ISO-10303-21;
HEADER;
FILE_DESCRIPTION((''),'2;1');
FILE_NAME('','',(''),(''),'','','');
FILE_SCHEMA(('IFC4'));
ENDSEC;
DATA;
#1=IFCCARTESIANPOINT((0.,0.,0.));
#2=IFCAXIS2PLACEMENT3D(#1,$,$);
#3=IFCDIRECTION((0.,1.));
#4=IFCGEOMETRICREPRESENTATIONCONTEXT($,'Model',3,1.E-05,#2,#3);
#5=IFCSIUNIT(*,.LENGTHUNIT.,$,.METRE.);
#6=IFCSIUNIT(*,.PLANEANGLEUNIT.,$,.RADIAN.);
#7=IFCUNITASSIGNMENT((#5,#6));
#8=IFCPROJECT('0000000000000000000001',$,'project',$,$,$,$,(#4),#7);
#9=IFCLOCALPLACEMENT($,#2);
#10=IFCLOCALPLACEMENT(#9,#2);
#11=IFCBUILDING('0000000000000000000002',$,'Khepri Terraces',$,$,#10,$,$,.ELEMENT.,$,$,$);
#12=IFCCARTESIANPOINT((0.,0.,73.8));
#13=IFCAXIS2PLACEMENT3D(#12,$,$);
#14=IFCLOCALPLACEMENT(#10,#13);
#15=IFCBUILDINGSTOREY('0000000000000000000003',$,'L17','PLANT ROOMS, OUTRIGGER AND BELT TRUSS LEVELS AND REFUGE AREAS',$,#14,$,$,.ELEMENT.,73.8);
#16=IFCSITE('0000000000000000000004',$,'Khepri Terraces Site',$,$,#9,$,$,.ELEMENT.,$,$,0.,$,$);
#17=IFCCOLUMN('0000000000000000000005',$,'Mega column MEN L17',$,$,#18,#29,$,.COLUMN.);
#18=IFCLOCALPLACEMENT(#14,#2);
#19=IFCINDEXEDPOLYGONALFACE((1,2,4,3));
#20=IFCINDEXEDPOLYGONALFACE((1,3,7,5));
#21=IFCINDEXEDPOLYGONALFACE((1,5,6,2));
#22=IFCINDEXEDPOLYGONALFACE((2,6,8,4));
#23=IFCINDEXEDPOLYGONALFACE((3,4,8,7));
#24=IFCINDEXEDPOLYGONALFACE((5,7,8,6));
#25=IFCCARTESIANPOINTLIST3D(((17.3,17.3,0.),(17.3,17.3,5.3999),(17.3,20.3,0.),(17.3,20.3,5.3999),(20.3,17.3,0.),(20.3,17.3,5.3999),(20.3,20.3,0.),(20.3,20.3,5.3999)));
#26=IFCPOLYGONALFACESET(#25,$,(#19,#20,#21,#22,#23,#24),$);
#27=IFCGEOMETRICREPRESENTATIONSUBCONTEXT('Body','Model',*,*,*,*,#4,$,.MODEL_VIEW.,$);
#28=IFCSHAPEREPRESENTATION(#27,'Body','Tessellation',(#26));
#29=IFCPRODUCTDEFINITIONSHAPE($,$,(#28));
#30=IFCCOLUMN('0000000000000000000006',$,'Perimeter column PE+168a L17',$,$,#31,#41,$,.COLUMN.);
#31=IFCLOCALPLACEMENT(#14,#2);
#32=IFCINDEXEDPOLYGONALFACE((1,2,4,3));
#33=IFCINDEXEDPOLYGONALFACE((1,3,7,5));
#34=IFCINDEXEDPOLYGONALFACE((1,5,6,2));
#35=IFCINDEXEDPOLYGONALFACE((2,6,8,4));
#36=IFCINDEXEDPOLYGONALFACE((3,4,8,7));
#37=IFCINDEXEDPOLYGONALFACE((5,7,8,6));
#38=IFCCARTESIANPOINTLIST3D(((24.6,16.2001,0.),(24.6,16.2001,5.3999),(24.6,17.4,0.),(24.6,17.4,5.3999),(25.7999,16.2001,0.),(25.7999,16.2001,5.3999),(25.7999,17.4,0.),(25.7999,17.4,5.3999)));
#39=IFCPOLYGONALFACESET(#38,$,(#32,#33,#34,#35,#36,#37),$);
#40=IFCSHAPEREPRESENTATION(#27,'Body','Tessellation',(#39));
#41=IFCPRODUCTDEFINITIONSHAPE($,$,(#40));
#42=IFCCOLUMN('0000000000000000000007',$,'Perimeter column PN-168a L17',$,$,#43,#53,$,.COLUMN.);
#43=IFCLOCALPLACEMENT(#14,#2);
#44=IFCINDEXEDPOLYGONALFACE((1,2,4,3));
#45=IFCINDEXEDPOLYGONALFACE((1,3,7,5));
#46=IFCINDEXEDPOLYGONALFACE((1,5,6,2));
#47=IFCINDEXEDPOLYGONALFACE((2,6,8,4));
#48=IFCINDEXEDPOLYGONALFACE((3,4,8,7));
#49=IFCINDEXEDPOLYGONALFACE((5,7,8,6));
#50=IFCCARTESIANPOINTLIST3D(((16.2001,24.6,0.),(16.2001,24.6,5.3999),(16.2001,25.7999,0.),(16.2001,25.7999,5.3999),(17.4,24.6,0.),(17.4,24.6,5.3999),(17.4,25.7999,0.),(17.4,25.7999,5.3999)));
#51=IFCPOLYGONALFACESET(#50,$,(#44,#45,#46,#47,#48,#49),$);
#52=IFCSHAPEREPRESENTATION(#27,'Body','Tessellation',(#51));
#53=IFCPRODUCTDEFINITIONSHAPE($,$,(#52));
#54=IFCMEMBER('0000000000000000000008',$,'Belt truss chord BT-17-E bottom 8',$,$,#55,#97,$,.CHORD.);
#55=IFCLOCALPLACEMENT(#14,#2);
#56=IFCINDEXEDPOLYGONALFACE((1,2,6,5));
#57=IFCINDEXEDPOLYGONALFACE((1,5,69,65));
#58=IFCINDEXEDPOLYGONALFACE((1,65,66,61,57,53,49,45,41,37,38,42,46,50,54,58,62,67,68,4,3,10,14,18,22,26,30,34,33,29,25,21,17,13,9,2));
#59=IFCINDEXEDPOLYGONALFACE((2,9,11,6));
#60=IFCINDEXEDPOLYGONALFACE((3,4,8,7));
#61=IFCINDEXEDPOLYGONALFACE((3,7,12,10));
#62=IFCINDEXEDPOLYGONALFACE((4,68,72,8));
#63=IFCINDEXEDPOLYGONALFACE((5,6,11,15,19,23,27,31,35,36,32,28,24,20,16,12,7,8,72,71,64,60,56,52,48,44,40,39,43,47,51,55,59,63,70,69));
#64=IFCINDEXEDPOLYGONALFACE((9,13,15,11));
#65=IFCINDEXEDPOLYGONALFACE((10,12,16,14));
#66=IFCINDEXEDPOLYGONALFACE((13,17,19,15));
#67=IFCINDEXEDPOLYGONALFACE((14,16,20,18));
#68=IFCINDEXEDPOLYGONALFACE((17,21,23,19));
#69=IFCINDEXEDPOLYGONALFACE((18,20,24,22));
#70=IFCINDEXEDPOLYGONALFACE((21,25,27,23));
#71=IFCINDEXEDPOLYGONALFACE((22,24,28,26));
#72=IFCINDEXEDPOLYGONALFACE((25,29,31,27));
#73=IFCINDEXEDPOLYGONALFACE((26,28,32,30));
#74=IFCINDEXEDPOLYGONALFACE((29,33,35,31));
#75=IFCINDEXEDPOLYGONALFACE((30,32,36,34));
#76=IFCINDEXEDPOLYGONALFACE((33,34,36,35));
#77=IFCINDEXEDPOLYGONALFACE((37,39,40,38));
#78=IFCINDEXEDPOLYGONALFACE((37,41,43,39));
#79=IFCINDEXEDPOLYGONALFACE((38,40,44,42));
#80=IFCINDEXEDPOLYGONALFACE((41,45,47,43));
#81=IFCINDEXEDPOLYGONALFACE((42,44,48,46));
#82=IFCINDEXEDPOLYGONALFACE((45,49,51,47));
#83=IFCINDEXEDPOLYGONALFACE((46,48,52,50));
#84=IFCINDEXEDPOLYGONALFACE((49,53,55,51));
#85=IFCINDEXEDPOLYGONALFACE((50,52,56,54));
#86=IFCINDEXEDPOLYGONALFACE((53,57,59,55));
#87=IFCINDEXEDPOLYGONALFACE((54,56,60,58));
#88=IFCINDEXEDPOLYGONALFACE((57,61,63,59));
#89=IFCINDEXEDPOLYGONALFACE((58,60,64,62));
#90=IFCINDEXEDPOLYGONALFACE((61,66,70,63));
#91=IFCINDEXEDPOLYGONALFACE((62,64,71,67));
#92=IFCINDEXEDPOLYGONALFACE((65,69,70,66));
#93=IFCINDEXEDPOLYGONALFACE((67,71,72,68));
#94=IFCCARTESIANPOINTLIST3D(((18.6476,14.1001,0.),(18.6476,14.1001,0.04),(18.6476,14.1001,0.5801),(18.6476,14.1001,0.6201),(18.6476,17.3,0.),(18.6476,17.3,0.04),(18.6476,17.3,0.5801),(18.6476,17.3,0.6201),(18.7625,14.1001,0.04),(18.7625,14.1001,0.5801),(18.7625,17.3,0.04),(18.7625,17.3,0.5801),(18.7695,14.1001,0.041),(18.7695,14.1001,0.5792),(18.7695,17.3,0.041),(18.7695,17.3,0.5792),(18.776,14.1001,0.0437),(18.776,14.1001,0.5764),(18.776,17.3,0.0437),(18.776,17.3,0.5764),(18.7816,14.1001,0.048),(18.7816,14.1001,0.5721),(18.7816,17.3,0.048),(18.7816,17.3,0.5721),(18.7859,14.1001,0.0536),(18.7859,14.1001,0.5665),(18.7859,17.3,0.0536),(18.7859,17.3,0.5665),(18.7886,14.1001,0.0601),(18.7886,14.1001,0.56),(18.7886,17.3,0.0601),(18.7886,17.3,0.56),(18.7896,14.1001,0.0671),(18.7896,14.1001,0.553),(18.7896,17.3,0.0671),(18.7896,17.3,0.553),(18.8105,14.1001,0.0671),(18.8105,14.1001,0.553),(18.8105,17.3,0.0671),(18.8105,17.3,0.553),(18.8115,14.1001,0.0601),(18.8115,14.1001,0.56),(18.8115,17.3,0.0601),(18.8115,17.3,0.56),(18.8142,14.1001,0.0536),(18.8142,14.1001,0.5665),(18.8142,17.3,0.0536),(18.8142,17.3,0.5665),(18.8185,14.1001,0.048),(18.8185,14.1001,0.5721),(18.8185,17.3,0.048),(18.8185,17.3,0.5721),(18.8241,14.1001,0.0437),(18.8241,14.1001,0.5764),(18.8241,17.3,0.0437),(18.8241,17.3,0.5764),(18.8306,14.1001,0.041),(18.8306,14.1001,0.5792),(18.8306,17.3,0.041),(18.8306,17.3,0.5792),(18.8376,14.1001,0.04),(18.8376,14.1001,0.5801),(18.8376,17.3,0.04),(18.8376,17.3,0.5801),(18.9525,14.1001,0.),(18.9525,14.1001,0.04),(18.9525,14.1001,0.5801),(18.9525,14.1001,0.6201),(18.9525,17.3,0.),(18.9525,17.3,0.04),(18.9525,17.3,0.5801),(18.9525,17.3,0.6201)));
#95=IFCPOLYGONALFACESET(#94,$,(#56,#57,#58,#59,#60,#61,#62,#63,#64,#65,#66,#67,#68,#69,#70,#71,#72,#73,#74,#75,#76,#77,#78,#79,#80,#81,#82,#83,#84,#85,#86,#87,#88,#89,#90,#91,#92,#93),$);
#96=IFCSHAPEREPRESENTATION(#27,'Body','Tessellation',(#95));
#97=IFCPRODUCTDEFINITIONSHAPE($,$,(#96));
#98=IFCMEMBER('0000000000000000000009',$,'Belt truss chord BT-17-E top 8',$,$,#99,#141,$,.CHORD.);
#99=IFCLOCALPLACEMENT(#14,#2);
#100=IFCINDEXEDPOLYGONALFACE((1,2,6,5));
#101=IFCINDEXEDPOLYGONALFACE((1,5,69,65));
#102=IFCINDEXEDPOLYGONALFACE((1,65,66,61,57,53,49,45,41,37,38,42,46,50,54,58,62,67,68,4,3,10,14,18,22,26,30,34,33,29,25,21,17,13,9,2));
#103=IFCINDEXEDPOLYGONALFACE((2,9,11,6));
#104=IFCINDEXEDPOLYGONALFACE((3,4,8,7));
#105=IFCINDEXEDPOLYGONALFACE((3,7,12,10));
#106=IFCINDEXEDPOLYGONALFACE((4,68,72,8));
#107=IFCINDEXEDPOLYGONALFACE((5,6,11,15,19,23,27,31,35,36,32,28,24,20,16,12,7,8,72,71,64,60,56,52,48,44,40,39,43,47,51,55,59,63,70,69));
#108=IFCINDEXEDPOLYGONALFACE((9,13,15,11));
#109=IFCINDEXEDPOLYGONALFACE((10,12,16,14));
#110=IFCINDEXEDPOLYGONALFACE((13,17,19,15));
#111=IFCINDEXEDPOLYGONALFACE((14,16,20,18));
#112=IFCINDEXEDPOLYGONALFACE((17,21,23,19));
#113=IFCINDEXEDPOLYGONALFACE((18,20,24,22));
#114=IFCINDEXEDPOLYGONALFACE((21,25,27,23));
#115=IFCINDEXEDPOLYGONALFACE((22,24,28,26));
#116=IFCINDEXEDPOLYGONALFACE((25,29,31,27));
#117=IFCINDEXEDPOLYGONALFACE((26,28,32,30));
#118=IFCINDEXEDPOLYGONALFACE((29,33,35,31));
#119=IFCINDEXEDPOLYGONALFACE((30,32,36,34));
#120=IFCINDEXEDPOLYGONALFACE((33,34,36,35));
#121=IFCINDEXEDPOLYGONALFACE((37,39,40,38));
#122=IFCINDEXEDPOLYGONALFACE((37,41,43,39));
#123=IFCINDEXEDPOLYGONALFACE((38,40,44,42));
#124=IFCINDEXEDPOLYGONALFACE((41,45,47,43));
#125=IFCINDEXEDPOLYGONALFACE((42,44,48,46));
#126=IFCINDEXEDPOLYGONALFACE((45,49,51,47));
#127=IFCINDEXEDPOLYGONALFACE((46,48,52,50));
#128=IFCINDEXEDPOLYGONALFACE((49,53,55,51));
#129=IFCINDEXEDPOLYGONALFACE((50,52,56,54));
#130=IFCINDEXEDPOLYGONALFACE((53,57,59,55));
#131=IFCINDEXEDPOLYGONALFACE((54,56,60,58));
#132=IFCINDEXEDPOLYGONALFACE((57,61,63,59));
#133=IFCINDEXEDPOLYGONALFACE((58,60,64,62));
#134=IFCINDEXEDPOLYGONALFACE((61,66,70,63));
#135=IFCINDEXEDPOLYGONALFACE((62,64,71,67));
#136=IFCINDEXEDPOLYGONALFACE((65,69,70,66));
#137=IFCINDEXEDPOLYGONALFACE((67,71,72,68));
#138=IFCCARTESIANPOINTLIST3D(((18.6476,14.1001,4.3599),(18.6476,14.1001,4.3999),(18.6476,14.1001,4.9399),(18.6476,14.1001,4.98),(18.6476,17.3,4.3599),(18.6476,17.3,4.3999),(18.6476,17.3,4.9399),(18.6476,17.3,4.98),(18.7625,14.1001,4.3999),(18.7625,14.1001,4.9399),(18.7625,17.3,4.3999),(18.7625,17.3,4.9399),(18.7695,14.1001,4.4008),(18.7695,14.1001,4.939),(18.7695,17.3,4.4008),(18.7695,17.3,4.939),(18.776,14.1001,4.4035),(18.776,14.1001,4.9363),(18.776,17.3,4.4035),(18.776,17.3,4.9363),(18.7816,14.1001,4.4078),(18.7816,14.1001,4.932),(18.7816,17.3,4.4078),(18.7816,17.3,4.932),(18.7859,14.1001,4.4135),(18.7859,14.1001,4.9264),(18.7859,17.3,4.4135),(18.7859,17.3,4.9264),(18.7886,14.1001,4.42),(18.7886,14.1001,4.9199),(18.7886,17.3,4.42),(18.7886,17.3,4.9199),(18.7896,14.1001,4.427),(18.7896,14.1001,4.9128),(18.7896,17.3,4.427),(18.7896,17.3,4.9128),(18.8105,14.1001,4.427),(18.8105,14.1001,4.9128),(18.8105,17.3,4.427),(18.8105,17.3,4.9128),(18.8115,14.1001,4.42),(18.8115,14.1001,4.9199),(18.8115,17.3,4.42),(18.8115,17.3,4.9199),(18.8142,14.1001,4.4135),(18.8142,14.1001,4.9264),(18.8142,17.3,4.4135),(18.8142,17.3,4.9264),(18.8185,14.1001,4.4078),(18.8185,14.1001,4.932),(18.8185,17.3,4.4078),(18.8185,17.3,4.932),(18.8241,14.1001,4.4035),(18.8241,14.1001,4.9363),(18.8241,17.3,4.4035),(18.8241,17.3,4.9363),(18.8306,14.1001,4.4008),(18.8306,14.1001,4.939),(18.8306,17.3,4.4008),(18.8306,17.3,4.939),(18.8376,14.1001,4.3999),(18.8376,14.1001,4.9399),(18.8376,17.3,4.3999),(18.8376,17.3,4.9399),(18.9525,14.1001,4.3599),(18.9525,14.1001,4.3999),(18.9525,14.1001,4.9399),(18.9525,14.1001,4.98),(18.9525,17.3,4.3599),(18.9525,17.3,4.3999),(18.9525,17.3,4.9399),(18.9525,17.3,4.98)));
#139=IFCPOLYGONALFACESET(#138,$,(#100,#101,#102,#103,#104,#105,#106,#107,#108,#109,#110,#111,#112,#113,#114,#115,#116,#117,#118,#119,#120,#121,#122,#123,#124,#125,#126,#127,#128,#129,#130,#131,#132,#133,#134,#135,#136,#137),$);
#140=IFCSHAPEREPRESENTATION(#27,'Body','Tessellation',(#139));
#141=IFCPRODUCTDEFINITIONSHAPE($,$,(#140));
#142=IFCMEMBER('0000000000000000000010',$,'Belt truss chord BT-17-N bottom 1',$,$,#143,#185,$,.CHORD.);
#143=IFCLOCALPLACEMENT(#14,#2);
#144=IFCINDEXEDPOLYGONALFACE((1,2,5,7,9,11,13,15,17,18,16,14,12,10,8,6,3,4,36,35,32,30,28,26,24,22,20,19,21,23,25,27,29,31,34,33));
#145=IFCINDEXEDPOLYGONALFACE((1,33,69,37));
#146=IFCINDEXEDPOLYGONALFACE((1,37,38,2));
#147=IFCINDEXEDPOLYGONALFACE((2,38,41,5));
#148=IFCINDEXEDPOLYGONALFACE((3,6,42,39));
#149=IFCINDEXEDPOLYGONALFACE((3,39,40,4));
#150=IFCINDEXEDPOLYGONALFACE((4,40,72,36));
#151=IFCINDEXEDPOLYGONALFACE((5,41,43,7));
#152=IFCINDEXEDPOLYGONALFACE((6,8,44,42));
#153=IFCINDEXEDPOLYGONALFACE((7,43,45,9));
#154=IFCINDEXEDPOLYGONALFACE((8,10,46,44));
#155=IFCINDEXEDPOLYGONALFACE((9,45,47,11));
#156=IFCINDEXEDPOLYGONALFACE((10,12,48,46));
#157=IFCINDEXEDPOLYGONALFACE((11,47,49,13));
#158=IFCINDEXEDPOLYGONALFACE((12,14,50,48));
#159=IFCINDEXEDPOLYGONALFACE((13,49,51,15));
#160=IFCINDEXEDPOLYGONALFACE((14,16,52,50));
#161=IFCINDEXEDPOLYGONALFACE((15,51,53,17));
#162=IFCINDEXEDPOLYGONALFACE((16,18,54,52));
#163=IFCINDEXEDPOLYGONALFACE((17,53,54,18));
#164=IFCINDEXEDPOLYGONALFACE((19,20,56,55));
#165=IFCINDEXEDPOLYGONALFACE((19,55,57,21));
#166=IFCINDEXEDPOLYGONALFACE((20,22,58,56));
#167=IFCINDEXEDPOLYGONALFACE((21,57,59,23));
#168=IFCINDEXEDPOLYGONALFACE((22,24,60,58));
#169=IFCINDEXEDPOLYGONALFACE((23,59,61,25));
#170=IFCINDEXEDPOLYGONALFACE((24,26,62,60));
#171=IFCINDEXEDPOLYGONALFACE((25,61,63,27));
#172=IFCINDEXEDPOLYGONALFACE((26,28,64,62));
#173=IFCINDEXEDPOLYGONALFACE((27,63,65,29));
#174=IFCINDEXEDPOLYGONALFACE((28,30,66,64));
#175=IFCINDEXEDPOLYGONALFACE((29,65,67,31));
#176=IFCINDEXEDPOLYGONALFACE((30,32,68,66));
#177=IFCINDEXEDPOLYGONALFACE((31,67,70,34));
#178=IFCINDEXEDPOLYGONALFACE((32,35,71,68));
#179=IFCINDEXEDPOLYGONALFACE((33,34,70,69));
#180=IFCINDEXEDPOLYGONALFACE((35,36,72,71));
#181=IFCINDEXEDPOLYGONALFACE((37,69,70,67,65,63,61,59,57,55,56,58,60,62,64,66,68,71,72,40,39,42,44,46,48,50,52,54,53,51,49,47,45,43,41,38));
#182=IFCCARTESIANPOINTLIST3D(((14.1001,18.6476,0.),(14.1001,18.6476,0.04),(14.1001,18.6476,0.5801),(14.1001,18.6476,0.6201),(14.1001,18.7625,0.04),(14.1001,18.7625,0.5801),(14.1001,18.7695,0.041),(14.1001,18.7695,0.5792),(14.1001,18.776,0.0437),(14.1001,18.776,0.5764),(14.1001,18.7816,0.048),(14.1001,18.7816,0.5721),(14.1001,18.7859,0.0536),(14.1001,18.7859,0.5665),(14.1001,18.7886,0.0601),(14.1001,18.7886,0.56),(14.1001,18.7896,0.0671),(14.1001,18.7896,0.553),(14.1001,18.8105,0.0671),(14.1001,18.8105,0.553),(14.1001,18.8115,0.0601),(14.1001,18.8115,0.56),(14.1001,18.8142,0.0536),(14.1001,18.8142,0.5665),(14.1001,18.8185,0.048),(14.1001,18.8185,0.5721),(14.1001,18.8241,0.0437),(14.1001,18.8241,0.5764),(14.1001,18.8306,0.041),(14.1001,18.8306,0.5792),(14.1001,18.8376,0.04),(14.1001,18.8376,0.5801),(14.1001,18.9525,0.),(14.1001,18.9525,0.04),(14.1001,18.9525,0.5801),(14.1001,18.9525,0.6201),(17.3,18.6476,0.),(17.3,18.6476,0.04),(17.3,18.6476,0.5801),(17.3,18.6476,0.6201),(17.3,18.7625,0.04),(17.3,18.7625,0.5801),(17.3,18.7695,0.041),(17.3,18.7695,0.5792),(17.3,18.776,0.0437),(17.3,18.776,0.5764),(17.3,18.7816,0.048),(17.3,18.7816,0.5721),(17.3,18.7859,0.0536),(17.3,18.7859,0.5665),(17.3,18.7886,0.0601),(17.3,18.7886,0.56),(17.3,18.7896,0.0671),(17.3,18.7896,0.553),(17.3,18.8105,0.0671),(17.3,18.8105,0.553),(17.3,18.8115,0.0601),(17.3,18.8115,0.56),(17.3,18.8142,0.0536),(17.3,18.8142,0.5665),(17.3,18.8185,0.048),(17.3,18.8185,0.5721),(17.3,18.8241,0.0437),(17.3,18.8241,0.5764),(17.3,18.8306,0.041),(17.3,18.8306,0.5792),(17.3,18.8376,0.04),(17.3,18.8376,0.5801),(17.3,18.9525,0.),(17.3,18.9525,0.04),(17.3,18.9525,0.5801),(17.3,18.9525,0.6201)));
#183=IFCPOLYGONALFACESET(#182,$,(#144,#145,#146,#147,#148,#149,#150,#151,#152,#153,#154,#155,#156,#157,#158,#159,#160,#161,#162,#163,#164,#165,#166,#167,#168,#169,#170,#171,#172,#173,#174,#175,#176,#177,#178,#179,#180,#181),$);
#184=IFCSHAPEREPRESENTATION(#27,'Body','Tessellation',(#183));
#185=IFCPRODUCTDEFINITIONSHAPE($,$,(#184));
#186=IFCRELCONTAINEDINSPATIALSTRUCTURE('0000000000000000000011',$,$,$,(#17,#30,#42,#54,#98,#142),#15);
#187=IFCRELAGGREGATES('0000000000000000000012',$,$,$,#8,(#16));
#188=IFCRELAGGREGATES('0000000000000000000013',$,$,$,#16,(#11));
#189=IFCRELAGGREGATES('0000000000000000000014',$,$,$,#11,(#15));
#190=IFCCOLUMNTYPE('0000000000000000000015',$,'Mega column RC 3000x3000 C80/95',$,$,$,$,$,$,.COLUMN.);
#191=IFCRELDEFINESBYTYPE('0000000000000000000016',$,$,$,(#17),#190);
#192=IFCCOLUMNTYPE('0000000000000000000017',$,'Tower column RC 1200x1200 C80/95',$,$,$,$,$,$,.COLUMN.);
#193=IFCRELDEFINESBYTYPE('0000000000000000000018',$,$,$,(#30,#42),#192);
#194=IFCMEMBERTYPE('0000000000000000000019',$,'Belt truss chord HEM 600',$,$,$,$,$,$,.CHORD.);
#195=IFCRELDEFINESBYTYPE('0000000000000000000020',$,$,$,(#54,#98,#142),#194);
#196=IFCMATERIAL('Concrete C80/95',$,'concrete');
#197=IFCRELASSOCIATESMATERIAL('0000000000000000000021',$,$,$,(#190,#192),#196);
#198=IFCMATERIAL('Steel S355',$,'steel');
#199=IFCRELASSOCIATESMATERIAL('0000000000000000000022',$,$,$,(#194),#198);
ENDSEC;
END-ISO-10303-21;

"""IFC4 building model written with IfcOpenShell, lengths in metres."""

from ifc_helpers import new_model, si_unit, direction, frame, origin, origin_2d, place, context, subcontext, project, spatial, rectangle, i_section, extrude, material, material_profile, profile_set, type_object, element, save


model = new_model("IFC4")

# Units and contexts
model_context = context("Model", 3, precision=1e-05, world=origin(), true_north=direction((0.0, 1.0)))
body_context = subcontext(model_context, "Body", "Model", "MODEL_VIEW")
ifc_project = project(units=[si_unit("LENGTHUNIT", "METRE"), si_unit("PLANEANGLEUNIT", "RADIAN")], contexts=[model_context])

# Site, building, storey
site_placement = place(None, origin())
site = spatial("IfcSite", under=ifc_project, at=site_placement, Name="Khepri Terraces Site", CompositionType="ELEMENT", RefElevation=0.0)
building_placement = place(site_placement, origin())
building = spatial("IfcBuilding", under=site, at=building_placement, Name="Khepri Terraces", CompositionType="ELEMENT")
storey_placement = place(building_placement, frame((0.0, 0.0, 73.8)))
storey = spatial("IfcBuildingStorey", under=building, at=storey_placement, Name="L17", Description="PLANT ROOMS, OUTRIGGER AND BELT TRUSS LEVELS AND REFUGE AREAS", CompositionType="ELEMENT", Elevation=73.8)

# Columns
ifc_material_1 = material(Name="Concrete C80/95", Category="concrete")
ifc_material_profile_1 = material_profile(ifc_material_1, rectangle(XDim=3.0, YDim=3.0, at=origin_2d()), Name="Concrete C80/95", Category="concrete")
ifc_profile_set_1 = profile_set([ifc_material_profile_1], Name="Concrete C80/95")
column_type_1 = type_object("IfcColumnType", Name="Mega column RC 3000x3000 C80/95", PredefinedType="COLUMN", material=ifc_profile_set_1)
column_placement = place(storey_placement, frame((18.8, 18.8, 0.0), z_axis=(0.0, 0.0, 1.0), x_axis=(1.0, 0.0, 0.0)))
element("IfcColumn", 1, at=column_placement, inside=storey, type_object=column_type_1, Name="Mega column MEN L17", PredefinedType="COLUMN", context=body_context, shape_type="SweptSolid", body=[
    extrude(rectangle(XDim=3.0, YDim=3.0, at=origin_2d()), origin(), (0.0, 0.0, 1.0), 5.3999),
])
ifc_material_profile_2 = material_profile(ifc_material_1, rectangle(XDim=1.2, YDim=1.2, at=origin_2d()), Name="Concrete C80/95", Category="concrete")
ifc_profile_set_2 = profile_set([ifc_material_profile_2], Name="Concrete C80/95")
column_type_2 = type_object("IfcColumnType", Name="Tower column RC 1200x1200 C80/95", PredefinedType="COLUMN", material=ifc_profile_set_2)
for number, where, z_axis, x_axis, name in (
    (2, (25.2, 16.8, 0.0), (0.0, 0.0, 1.0), (1.0, 0.0, 0.0), "Perimeter column PE+168a L17"),
    (3, (16.8, 25.2, 0.0), (0.0, 0.0, 1.0), (1.0, 0.0, 0.0), "Perimeter column PN-168a L17"),
):
    element("IfcColumn", number, at=place(storey_placement, frame(where, z_axis=z_axis, x_axis=x_axis)), inside=storey, type_object=column_type_2, Name=name, PredefinedType="COLUMN", context=body_context, shape_type="SweptSolid", body=[
        extrude(rectangle(XDim=1.2, YDim=1.2, at=origin_2d()), origin(), (0.0, 0.0, 1.0), 5.3999),
    ])

# Members
ifc_material_2 = material(Name="Steel S355", Category="steel")
ifc_material_profile_3 = material_profile(ifc_material_2, i_section(OverallWidth=0.3049, OverallDepth=0.6201, WebThickness=0.021, FlangeThickness=0.04, FilletRadius=0.0271, at=origin_2d()), Name="Steel S355", Category="steel")
ifc_profile_set_3 = profile_set([ifc_material_profile_3], Name="Steel S355")
member_type_1 = type_object("IfcMemberType", Name="Belt truss chord HEM 600", PredefinedType="CHORD", material=ifc_profile_set_3)
for number, where, z_axis, x_axis, name in (
    (4, (18.8, 14.1001, 0.3101), (0.0, 1.0, 0.0), (-1.0, 0.0, 0.0), "Belt truss chord BT-17-E bottom 8"),
    (5, (18.8, 14.1001, 4.6699), (0.0, 1.0, 0.0), (-1.0, 0.0, 0.0), "Belt truss chord BT-17-E top 8"),
    (6, (17.3, 18.8, 0.3101), (-1.0, 0.0, 0.0), (0.0, -1.0, 0.0), "Belt truss chord BT-17-N bottom 1"),
):
    element("IfcMember", number, at=place(storey_placement, frame(where, z_axis=z_axis, x_axis=x_axis)), inside=storey, type_object=member_type_1, Name=name, PredefinedType="CHORD", context=body_context, shape_type="SweptSolid", body=[
        extrude(i_section(OverallWidth=0.3049, OverallDepth=0.6201, WebThickness=0.021, FlangeThickness=0.04, FilletRadius=0.0271, at=origin_2d()), origin(), (0.0, 0.0, 1.0), 3.2),
    ])

save(model, "model.ifc")
